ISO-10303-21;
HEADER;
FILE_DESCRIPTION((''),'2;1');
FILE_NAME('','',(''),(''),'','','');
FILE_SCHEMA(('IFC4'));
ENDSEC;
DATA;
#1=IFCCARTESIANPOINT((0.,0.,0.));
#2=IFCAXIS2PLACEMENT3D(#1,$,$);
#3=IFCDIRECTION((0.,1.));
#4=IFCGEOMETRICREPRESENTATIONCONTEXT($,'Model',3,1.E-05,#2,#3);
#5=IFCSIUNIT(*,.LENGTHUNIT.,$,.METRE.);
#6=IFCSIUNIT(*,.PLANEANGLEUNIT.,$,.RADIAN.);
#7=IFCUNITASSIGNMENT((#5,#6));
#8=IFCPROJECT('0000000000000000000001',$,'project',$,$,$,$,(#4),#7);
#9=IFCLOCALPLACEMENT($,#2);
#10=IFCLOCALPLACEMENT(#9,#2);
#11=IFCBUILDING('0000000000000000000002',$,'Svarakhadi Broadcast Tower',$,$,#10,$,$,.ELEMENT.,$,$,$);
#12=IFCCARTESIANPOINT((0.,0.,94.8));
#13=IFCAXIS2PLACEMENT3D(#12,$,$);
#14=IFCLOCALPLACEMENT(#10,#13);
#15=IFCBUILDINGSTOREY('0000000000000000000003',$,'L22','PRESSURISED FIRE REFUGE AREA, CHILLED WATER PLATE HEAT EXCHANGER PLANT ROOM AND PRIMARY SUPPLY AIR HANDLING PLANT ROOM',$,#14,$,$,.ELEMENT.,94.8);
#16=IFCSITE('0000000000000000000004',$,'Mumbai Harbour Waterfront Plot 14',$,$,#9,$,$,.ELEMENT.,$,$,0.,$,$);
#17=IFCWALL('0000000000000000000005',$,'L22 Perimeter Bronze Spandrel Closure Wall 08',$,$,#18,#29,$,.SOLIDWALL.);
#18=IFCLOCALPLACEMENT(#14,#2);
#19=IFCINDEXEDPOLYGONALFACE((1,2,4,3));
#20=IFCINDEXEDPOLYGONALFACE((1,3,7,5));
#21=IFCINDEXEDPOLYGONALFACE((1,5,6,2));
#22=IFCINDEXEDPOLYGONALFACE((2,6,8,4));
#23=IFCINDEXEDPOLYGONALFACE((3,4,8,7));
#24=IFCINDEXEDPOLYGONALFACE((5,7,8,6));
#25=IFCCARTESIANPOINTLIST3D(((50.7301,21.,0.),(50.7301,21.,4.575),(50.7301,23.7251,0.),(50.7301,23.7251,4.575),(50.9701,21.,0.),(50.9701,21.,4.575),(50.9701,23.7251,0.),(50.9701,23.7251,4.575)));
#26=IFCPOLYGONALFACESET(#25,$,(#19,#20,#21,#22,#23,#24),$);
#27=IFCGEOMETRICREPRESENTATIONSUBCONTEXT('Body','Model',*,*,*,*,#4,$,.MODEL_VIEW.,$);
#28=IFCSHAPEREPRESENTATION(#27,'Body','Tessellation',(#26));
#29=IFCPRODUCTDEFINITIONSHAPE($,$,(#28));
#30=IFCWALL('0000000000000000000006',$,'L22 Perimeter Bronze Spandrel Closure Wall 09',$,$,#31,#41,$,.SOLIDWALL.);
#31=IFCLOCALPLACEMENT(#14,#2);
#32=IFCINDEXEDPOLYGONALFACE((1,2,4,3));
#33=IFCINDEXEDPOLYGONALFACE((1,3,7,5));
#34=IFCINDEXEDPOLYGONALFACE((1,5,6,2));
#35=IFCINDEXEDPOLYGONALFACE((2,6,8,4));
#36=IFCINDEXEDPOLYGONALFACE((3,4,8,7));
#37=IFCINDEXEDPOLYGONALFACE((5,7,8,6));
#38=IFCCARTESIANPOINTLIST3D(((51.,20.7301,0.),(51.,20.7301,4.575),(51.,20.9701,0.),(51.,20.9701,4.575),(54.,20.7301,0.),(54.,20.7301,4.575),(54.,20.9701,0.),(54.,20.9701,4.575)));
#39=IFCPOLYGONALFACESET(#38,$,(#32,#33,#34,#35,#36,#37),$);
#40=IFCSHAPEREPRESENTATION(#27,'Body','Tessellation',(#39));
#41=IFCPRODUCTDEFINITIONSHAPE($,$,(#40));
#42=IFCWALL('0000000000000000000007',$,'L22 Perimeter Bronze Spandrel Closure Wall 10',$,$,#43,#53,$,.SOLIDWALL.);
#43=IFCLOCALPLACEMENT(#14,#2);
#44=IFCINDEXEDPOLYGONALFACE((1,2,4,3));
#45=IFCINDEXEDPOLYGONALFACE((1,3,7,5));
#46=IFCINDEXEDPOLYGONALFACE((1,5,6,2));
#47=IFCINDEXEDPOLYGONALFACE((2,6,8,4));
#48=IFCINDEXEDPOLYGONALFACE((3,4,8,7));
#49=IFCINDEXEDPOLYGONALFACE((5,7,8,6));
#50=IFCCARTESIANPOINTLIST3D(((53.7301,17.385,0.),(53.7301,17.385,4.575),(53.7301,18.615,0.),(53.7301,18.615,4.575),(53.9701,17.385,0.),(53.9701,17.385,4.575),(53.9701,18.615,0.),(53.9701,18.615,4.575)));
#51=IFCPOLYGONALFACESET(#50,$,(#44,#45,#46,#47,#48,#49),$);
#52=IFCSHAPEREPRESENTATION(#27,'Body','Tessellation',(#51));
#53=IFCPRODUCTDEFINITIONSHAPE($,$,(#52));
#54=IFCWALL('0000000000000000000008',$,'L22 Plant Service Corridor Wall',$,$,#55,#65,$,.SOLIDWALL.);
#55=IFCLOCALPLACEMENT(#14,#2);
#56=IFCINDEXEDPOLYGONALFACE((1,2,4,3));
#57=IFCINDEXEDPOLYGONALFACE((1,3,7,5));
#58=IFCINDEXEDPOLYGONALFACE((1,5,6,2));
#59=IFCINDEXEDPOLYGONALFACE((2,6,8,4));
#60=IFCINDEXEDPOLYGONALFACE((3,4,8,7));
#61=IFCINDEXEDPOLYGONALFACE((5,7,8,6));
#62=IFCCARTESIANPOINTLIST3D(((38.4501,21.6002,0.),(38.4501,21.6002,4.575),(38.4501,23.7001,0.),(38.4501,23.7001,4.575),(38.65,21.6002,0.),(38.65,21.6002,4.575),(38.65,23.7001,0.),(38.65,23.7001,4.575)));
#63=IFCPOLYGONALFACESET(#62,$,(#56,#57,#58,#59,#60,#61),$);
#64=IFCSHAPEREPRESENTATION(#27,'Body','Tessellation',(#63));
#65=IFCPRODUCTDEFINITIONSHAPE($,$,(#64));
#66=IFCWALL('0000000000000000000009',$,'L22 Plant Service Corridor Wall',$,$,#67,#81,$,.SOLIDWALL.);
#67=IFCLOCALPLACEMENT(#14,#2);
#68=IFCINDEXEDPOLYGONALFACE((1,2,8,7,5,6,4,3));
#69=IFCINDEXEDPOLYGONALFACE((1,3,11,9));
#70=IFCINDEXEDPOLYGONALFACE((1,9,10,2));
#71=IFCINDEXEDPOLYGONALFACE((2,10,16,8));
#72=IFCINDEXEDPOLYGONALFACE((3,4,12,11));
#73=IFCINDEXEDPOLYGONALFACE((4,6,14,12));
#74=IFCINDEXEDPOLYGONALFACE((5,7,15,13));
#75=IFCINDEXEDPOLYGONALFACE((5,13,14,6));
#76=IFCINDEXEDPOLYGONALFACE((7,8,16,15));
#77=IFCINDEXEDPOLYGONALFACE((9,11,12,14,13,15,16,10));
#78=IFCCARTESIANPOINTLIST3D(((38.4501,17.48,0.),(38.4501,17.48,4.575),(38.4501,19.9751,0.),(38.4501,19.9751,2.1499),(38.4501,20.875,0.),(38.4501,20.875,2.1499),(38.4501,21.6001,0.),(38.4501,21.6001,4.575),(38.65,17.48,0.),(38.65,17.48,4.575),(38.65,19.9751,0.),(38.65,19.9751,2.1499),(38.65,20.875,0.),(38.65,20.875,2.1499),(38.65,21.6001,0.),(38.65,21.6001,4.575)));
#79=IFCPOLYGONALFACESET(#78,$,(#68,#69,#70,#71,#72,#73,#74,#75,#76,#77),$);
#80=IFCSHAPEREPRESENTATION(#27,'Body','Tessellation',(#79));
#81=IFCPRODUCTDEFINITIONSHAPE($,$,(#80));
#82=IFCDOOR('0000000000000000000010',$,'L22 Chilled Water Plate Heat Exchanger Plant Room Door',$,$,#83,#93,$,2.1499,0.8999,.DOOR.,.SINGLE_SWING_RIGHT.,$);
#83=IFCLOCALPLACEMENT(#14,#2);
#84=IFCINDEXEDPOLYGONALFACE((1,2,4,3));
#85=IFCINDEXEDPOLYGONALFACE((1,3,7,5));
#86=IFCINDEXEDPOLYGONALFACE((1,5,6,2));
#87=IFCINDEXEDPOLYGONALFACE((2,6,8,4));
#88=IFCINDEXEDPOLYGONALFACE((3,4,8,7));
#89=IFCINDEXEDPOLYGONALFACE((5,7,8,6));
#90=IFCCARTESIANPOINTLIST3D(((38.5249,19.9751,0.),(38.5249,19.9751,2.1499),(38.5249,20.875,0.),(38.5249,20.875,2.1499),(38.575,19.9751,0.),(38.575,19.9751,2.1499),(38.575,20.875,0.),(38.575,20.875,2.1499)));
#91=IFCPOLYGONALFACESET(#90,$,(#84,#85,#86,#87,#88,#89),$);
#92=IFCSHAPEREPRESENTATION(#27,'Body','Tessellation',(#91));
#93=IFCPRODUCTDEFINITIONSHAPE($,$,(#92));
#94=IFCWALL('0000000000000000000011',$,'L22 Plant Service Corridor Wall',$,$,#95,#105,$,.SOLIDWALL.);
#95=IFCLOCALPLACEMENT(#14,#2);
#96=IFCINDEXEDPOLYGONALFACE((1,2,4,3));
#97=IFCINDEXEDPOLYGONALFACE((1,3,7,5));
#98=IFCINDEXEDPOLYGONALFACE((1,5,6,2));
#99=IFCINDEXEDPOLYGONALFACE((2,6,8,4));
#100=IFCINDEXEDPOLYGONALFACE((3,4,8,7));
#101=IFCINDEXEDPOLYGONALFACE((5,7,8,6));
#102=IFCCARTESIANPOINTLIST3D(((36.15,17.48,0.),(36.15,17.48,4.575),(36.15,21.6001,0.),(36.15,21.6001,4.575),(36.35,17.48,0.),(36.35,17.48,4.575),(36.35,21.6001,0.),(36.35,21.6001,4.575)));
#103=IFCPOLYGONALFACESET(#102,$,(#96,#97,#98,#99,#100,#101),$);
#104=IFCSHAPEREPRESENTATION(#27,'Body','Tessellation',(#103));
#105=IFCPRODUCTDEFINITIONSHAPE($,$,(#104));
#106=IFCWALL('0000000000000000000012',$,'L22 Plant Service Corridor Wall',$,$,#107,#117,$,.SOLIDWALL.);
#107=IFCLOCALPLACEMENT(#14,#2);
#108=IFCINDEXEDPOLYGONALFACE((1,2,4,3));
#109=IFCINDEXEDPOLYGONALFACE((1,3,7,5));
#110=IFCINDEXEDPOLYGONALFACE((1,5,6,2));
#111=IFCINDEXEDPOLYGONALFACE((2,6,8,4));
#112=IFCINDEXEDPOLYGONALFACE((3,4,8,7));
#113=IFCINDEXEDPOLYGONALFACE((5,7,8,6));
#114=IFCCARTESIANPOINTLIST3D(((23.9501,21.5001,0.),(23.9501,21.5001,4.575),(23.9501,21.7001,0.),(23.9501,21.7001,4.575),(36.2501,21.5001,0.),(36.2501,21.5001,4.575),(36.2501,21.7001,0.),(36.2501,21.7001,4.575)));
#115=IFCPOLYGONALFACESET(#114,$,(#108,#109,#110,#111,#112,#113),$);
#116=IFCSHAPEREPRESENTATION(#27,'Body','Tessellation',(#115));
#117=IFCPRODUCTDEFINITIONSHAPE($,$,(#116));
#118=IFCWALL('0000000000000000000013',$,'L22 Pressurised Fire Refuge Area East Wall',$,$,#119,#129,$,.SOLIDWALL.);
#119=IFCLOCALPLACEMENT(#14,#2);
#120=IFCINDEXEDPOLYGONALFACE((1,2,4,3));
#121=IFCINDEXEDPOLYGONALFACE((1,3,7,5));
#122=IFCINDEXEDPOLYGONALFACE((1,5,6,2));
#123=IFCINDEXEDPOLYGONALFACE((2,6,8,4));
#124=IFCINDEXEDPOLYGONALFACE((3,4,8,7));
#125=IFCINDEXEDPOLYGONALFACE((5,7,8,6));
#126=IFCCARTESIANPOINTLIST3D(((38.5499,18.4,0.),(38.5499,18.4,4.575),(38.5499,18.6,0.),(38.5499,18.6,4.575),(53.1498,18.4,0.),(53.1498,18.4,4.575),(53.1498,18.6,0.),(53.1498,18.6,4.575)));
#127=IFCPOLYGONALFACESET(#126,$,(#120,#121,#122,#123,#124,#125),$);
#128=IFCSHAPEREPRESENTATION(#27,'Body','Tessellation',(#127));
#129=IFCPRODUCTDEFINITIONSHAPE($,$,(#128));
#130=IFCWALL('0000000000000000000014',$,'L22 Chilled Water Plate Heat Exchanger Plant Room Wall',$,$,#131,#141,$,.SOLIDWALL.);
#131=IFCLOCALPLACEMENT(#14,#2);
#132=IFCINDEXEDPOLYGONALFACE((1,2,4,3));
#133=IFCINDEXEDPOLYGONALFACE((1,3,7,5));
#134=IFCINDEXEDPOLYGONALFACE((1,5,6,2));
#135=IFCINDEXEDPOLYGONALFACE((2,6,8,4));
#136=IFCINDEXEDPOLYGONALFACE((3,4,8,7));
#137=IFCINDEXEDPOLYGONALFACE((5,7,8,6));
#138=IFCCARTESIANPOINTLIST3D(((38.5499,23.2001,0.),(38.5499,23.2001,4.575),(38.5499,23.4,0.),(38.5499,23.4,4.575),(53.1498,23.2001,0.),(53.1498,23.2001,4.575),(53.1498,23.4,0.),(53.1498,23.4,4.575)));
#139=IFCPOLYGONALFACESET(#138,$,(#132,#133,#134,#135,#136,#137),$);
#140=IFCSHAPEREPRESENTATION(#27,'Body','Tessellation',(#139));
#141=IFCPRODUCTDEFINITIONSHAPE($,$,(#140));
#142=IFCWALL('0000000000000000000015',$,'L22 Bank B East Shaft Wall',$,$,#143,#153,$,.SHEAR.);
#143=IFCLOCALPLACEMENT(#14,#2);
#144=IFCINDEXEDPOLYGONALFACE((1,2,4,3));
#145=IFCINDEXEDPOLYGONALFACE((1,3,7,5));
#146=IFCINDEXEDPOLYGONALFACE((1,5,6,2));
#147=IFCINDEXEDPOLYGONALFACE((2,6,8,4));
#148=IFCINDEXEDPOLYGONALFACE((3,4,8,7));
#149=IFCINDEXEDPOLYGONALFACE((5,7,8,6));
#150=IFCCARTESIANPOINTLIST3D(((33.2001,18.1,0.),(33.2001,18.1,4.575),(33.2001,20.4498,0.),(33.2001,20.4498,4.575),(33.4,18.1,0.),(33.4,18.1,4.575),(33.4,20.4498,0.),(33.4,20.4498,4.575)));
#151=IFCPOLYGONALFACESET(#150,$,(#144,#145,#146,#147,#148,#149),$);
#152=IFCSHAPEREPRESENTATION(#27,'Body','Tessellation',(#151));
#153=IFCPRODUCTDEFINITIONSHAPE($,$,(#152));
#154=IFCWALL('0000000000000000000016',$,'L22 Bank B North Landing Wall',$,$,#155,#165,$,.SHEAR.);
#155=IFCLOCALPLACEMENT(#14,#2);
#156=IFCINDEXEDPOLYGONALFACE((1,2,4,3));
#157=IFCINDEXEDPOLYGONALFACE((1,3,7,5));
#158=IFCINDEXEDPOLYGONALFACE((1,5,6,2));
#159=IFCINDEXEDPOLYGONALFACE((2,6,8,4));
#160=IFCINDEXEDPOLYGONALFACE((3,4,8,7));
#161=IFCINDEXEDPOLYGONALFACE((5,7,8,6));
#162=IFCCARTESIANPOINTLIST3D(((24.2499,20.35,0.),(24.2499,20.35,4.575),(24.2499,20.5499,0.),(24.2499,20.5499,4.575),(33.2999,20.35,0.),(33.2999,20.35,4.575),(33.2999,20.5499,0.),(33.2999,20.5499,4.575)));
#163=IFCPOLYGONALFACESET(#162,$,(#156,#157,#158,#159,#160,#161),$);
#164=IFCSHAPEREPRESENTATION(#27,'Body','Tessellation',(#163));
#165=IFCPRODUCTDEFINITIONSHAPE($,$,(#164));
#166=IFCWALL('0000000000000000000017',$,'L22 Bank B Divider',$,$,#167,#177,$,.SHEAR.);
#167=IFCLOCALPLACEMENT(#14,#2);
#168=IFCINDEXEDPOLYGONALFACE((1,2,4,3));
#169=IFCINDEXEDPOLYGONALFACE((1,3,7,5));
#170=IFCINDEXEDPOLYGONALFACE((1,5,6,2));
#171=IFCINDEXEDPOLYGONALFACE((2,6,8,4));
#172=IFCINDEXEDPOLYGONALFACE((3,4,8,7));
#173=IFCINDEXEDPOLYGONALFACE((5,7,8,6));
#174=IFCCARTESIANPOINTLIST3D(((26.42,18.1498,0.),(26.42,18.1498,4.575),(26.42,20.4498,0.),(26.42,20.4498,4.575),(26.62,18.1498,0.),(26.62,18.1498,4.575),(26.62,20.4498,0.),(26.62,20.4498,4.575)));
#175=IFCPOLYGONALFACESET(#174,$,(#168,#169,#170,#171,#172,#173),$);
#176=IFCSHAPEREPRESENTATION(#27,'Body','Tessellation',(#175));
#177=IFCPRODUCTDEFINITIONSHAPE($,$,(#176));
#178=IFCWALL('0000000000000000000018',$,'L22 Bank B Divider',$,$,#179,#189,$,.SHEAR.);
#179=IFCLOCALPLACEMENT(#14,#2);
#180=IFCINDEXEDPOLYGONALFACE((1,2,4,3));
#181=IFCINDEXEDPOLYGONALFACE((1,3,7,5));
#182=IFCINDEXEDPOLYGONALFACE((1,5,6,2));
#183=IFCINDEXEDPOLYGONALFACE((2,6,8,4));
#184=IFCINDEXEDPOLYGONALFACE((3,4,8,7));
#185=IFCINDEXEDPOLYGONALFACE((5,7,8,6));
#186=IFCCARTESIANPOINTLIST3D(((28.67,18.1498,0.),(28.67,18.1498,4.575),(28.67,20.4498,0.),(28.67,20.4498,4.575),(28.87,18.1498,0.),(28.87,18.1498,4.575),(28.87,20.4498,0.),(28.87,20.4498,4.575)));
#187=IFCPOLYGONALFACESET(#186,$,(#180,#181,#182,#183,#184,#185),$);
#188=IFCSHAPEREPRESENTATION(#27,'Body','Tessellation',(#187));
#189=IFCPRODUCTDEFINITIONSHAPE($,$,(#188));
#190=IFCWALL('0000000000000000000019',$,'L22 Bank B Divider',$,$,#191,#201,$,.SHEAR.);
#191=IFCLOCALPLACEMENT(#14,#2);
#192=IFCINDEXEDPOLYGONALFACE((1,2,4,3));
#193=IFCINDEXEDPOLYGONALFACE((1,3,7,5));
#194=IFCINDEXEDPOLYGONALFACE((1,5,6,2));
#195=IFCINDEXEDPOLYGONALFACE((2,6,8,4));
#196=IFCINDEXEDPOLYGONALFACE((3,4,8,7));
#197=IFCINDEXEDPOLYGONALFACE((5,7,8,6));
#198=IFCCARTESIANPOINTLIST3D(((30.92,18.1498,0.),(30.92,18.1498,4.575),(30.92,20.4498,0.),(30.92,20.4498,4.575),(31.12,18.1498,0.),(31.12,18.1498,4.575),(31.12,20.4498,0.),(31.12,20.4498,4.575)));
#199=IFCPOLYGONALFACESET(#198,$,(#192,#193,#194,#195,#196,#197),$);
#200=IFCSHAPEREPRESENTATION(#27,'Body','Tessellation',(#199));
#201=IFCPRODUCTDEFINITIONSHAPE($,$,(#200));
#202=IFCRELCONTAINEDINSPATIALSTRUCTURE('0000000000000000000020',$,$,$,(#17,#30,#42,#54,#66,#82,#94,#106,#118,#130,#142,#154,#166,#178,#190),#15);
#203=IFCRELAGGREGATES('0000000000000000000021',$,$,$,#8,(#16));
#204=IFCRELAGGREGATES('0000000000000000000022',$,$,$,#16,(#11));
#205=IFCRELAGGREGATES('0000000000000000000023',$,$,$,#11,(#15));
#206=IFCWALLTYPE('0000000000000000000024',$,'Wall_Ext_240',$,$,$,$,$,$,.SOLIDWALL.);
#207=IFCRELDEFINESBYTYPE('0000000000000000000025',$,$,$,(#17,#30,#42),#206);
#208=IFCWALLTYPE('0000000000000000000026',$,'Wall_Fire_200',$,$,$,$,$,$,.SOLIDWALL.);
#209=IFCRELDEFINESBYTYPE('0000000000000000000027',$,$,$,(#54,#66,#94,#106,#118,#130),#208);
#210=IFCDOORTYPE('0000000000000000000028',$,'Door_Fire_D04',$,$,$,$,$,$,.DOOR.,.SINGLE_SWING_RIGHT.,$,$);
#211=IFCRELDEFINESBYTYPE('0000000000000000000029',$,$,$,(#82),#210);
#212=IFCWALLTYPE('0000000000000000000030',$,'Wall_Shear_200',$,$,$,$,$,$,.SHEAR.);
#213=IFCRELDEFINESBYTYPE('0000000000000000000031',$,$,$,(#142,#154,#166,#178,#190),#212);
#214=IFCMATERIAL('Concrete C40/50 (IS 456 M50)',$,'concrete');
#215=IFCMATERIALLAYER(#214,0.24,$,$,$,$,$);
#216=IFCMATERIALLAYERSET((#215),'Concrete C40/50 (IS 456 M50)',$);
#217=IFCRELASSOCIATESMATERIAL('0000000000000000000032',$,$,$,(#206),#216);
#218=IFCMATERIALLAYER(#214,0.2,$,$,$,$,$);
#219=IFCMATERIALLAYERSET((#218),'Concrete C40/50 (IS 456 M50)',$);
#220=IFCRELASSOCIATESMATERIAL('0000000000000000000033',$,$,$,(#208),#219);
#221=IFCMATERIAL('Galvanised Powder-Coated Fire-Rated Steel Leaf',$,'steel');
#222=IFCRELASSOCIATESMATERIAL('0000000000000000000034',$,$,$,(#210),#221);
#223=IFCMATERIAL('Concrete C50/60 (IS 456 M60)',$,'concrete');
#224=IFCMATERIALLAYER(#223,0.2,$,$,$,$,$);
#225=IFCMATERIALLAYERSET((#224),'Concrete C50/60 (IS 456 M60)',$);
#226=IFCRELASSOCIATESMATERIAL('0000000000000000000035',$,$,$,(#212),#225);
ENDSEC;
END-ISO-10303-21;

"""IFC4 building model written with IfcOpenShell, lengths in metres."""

from ifc_helpers import new_model, si_unit, direction, frame, frame_2d, origin, place, context, subcontext, project, spatial, rectangle, extrude, material, layer, layer_set, type_object, element, fill, save


model = new_model("IFC4")

# Units and contexts
model_context = context("Model", 3, precision=1e-05, world=origin(), true_north=direction((0.0, 1.0)))
body_context = subcontext(model_context, "Body", "Model", "MODEL_VIEW")
ifc_project = project(units=[si_unit("LENGTHUNIT", "METRE"), si_unit("PLANEANGLEUNIT", "RADIAN")], contexts=[model_context])

# Site, building, storey
site_placement = place(None, origin())
site = spatial("IfcSite", under=ifc_project, at=site_placement, Name="Mumbai Harbour Waterfront Plot 14", CompositionType="ELEMENT", RefElevation=0.0)
building_placement = place(site_placement, origin())
building = spatial("IfcBuilding", under=site, at=building_placement, Name="Svarakhadi Broadcast Tower", CompositionType="ELEMENT")
storey_placement = place(building_placement, frame((0.0, 0.0, 94.8)))
storey = spatial("IfcBuildingStorey", under=building, at=storey_placement, Name="L22", Description="PRESSURISED FIRE REFUGE AREA, CHILLED WATER PLATE HEAT EXCHANGER PLANT ROOM AND PRIMARY SUPPLY AIR HANDLING PLANT ROOM", CompositionType="ELEMENT", Elevation=94.8)

# Shared definitions
ifc_material_1 = material(Name="Concrete C50/60 (IS 456 M60)", Category="concrete")

# Walls
ifc_material_2 = material(Name="Concrete C40/50 (IS 456 M50)", Category="concrete")
ifc_layer_1 = layer(ifc_material_2, 0.24)
ifc_layer_set_1 = layer_set([ifc_layer_1], Name="Concrete C40/50 (IS 456 M50)")
wall_type_1 = type_object("IfcWallType", Name="Wall_Ext_240", PredefinedType="SOLIDWALL", material=ifc_layer_set_1)
wall_1_placement = place(storey_placement, frame((50.8501, 23.7251, 0.0), z_axis=(0.0, 0.0, 1.0), x_axis=(0.0, -1.0, 0.0)))
element("IfcWall", 1, at=wall_1_placement, inside=storey, type_object=wall_type_1, Name="L22 Perimeter Bronze Spandrel Closure Wall 08", PredefinedType="SOLIDWALL", context=body_context, shape_type="SweptSolid", body=[
    extrude(rectangle(XDim=2.7251, YDim=0.24, at=frame_2d((1.3625, 0.0))), origin(), (0.0, 0.0, 1.0), 4.575),
])
wall_2_placement = place(storey_placement, frame((51.0, 20.8501, 0.0), z_axis=(0.0, 0.0, 1.0), x_axis=(1.0, 0.0, 0.0)))
element("IfcWall", 2, at=wall_2_placement, inside=storey, type_object=wall_type_1, Name="L22 Perimeter Bronze Spandrel Closure Wall 09", PredefinedType="SOLIDWALL", context=body_context, shape_type="SweptSolid", body=[
    extrude(rectangle(XDim=3.0, YDim=0.24, at=frame_2d((1.5, 0.0))), origin(), (0.0, 0.0, 1.0), 4.575),
])
wall_3_placement = place(storey_placement, frame((53.8501, 18.615, 0.0), z_axis=(0.0, 0.0, 1.0), x_axis=(0.0, -1.0, 0.0)))
element("IfcWall", 3, at=wall_3_placement, inside=storey, type_object=wall_type_1, Name="L22 Perimeter Bronze Spandrel Closure Wall 10", PredefinedType="SOLIDWALL", context=body_context, shape_type="SweptSolid", body=[
    extrude(rectangle(XDim=1.23, YDim=0.24, at=frame_2d((0.615, 0.0))), origin(), (0.0, 0.0, 1.0), 4.575),
])
ifc_layer_2 = layer(ifc_material_2, 0.2)
ifc_layer_set_2 = layer_set([ifc_layer_2], Name="Concrete C40/50 (IS 456 M50)")
wall_type_2 = type_object("IfcWallType", Name="Wall_Fire_200", PredefinedType="SOLIDWALL", material=ifc_layer_set_2)
wall_4_placement = place(storey_placement, frame((38.55, 23.7, 0.0), z_axis=(0.0, 0.0, 1.0), x_axis=(0.0, -1.0, 0.0)))
element("IfcWall", 4, at=wall_4_placement, inside=storey, type_object=wall_type_2, Name="L22 Plant Service Corridor Wall", PredefinedType="SOLIDWALL", context=body_context, shape_type="SweptSolid", body=[
    extrude(rectangle(XDim=2.0999, YDim=0.2, at=frame_2d((1.0498, 0.0))), origin(), (0.0, 0.0, 1.0), 4.575),
])

# Wall, opening, door
wall_5_placement = place(storey_placement, frame((38.55, 21.6001, 0.0), z_axis=(0.0, 0.0, 1.0), x_axis=(0.0, -1.0, 0.0)))
wall_5 = element("IfcWall", 5, at=wall_5_placement, inside=storey, type_object=wall_type_2, Name="L22 Plant Service Corridor Wall", PredefinedType="SOLIDWALL", context=body_context, shape_type="SweptSolid", body=[
    extrude(rectangle(XDim=4.1201, YDim=0.2, at=frame_2d((2.0601, 0.0))), origin(), (0.0, 0.0, 1.0), 4.575),
])
opening_1_placement = place(wall_5_placement, frame((0.7251, 0.0, 0.0)))
opening_1 = element("IfcOpeningElement", 6, at=opening_1_placement, cuts=wall_5, PredefinedType="OPENING", context=body_context, shape_type="SweptSolid", body=[
    extrude(rectangle(XDim=0.8999, YDim=2.1499, at=frame_2d((0.45, 1.075))), frame((0.0, 0.1099, 0.0), z_axis=(0.0, -1.0, 0.0), x_axis=(1.0, 0.0, 0.0)), (0.0, 0.0, 1.0), 0.22),
])
ifc_material_3 = material(Name="Galvanised Powder-Coated Fire-Rated Steel Leaf", Category="steel")
door_type_1 = type_object("IfcDoorType", Name="Door_Fire_D04", OperationType="SINGLE_SWING_RIGHT", PredefinedType="DOOR", material=ifc_material_3)
door_1_placement = place(opening_1_placement, origin())
door_1 = element("IfcDoor", 7, at=door_1_placement, inside=storey, type_object=door_type_1, Name="L22 Chilled Water Plate Heat Exchanger Plant Room Door", OperationType="SINGLE_SWING_RIGHT", OverallHeight=2.1499, OverallWidth=0.8999, PredefinedType="DOOR", context=body_context, shape_type="SweptSolid", body=[
    extrude(rectangle(XDim=0.8999, YDim=2.1499, at=frame_2d((0.45, 1.075))), frame((0.0, 0.0249, 0.0), z_axis=(0.0, -1.0, 0.0), x_axis=(1.0, 0.0, 0.0)), (0.0, 0.0, 1.0), 0.05),
])
fill(opening_1, door_1)

# Walls
wall_6_placement = place(storey_placement, frame((36.25, 17.48, 0.0), z_axis=(0.0, 0.0, 1.0), x_axis=(0.0, 1.0, 0.0)))
element("IfcWall", 8, at=wall_6_placement, inside=storey, type_object=wall_type_2, Name="L22 Plant Service Corridor Wall", PredefinedType="SOLIDWALL", context=body_context, shape_type="SweptSolid", body=[
    extrude(rectangle(XDim=4.1201, YDim=0.2, at=frame_2d((2.0601, 0.0))), origin(), (0.0, 0.0, 1.0), 4.575),
])
wall_7_placement = place(storey_placement, frame((36.25, 21.6001, 0.0), z_axis=(0.0, 0.0, 1.0), x_axis=(-1.0, 0.0, 0.0)))
element("IfcWall", 9, at=wall_7_placement, inside=storey, type_object=wall_type_2, Name="L22 Plant Service Corridor Wall", PredefinedType="SOLIDWALL", context=body_context, shape_type="SweptSolid", body=[
    extrude(rectangle(XDim=12.3, YDim=0.2, at=frame_2d((6.1499, 0.0))), origin(), (0.0, 0.0, 1.0), 4.575),
])
for number, where, z_axis, x_axis, name in (
    (10, (38.55, 18.5, 0.0), (0.0, 0.0, 1.0), (1.0, 0.0, 0.0), "L22 Pressurised Fire Refuge Area East Wall"),
    (11, (38.55, 23.3, 0.0), (0.0, 0.0, 1.0), (1.0, 0.0, 0.0), "L22 Chilled Water Plate Heat Exchanger Plant Room Wall"),
):
    element("IfcWall", number, at=place(storey_placement, frame(where, z_axis=z_axis, x_axis=x_axis)), inside=storey, type_object=wall_type_2, Name=name, PredefinedType="SOLIDWALL", context=body_context, shape_type="SweptSolid", body=[
        extrude(rectangle(XDim=14.5999, YDim=0.2, at=frame_2d((7.2998, 0.0))), origin(), (0.0, 0.0, 1.0), 4.575),
    ])
ifc_layer_3 = layer(ifc_material_1, 0.2)
ifc_layer_set_3 = layer_set([ifc_layer_3], Name="Concrete C50/60 (IS 456 M60)")
wall_type_3 = type_object("IfcWallType", Name="Wall_Shear_200", PredefinedType="SHEAR", material=ifc_layer_set_3)
wall_8_placement = place(storey_placement, frame((33.3, 18.1001, 0.0), z_axis=(0.0, 0.0, 1.0), x_axis=(0.0, 1.0, 0.0)))
element("IfcWall", 12, at=wall_8_placement, inside=storey, type_object=wall_type_3, Name="L22 Bank B East Shaft Wall", PredefinedType="SHEAR", context=body_context, shape_type="SweptSolid", body=[
    extrude(rectangle(XDim=2.3499, YDim=0.2, at=frame_2d((1.1748, 0.0))), origin(), (0.0, 0.0, 1.0), 4.575),
])
wall_9_placement = place(storey_placement, frame((24.25, 20.45, 0.0), z_axis=(0.0, 0.0, 1.0), x_axis=(1.0, 0.0, 0.0)))
element("IfcWall", 13, at=wall_9_placement, inside=storey, type_object=wall_type_3, Name="L22 Bank B North Landing Wall", PredefinedType="SHEAR", context=body_context, shape_type="SweptSolid", body=[
    extrude(rectangle(XDim=9.05, YDim=0.2, at=frame_2d((4.5249, 0.0))), origin(), (0.0, 0.0, 1.0), 4.575),
])
for number, where, z_axis, x_axis, name in (
    (14, (26.52, 18.1499, 0.0), (0.0, 0.0, 1.0), (0.0, 1.0, 0.0), "L22 Bank B Divider"),
    (15, (28.77, 18.1499, 0.0), (0.0, 0.0, 1.0), (0.0, 1.0, 0.0), "L22 Bank B Divider"),
    (16, (31.02, 18.1499, 0.0), (0.0, 0.0, 1.0), (0.0, 1.0, 0.0), "L22 Bank B Divider"),
):
    element("IfcWall", number, at=place(storey_placement, frame(where, z_axis=z_axis, x_axis=x_axis)), inside=storey, type_object=wall_type_3, Name=name, PredefinedType="SHEAR", context=body_context, shape_type="SweptSolid", body=[
        extrude(rectangle(XDim=2.3, YDim=0.2, at=frame_2d((1.1499, 0.0))), origin(), (0.0, 0.0, 1.0), 4.575),
    ])

save(model, "model.ifc")
